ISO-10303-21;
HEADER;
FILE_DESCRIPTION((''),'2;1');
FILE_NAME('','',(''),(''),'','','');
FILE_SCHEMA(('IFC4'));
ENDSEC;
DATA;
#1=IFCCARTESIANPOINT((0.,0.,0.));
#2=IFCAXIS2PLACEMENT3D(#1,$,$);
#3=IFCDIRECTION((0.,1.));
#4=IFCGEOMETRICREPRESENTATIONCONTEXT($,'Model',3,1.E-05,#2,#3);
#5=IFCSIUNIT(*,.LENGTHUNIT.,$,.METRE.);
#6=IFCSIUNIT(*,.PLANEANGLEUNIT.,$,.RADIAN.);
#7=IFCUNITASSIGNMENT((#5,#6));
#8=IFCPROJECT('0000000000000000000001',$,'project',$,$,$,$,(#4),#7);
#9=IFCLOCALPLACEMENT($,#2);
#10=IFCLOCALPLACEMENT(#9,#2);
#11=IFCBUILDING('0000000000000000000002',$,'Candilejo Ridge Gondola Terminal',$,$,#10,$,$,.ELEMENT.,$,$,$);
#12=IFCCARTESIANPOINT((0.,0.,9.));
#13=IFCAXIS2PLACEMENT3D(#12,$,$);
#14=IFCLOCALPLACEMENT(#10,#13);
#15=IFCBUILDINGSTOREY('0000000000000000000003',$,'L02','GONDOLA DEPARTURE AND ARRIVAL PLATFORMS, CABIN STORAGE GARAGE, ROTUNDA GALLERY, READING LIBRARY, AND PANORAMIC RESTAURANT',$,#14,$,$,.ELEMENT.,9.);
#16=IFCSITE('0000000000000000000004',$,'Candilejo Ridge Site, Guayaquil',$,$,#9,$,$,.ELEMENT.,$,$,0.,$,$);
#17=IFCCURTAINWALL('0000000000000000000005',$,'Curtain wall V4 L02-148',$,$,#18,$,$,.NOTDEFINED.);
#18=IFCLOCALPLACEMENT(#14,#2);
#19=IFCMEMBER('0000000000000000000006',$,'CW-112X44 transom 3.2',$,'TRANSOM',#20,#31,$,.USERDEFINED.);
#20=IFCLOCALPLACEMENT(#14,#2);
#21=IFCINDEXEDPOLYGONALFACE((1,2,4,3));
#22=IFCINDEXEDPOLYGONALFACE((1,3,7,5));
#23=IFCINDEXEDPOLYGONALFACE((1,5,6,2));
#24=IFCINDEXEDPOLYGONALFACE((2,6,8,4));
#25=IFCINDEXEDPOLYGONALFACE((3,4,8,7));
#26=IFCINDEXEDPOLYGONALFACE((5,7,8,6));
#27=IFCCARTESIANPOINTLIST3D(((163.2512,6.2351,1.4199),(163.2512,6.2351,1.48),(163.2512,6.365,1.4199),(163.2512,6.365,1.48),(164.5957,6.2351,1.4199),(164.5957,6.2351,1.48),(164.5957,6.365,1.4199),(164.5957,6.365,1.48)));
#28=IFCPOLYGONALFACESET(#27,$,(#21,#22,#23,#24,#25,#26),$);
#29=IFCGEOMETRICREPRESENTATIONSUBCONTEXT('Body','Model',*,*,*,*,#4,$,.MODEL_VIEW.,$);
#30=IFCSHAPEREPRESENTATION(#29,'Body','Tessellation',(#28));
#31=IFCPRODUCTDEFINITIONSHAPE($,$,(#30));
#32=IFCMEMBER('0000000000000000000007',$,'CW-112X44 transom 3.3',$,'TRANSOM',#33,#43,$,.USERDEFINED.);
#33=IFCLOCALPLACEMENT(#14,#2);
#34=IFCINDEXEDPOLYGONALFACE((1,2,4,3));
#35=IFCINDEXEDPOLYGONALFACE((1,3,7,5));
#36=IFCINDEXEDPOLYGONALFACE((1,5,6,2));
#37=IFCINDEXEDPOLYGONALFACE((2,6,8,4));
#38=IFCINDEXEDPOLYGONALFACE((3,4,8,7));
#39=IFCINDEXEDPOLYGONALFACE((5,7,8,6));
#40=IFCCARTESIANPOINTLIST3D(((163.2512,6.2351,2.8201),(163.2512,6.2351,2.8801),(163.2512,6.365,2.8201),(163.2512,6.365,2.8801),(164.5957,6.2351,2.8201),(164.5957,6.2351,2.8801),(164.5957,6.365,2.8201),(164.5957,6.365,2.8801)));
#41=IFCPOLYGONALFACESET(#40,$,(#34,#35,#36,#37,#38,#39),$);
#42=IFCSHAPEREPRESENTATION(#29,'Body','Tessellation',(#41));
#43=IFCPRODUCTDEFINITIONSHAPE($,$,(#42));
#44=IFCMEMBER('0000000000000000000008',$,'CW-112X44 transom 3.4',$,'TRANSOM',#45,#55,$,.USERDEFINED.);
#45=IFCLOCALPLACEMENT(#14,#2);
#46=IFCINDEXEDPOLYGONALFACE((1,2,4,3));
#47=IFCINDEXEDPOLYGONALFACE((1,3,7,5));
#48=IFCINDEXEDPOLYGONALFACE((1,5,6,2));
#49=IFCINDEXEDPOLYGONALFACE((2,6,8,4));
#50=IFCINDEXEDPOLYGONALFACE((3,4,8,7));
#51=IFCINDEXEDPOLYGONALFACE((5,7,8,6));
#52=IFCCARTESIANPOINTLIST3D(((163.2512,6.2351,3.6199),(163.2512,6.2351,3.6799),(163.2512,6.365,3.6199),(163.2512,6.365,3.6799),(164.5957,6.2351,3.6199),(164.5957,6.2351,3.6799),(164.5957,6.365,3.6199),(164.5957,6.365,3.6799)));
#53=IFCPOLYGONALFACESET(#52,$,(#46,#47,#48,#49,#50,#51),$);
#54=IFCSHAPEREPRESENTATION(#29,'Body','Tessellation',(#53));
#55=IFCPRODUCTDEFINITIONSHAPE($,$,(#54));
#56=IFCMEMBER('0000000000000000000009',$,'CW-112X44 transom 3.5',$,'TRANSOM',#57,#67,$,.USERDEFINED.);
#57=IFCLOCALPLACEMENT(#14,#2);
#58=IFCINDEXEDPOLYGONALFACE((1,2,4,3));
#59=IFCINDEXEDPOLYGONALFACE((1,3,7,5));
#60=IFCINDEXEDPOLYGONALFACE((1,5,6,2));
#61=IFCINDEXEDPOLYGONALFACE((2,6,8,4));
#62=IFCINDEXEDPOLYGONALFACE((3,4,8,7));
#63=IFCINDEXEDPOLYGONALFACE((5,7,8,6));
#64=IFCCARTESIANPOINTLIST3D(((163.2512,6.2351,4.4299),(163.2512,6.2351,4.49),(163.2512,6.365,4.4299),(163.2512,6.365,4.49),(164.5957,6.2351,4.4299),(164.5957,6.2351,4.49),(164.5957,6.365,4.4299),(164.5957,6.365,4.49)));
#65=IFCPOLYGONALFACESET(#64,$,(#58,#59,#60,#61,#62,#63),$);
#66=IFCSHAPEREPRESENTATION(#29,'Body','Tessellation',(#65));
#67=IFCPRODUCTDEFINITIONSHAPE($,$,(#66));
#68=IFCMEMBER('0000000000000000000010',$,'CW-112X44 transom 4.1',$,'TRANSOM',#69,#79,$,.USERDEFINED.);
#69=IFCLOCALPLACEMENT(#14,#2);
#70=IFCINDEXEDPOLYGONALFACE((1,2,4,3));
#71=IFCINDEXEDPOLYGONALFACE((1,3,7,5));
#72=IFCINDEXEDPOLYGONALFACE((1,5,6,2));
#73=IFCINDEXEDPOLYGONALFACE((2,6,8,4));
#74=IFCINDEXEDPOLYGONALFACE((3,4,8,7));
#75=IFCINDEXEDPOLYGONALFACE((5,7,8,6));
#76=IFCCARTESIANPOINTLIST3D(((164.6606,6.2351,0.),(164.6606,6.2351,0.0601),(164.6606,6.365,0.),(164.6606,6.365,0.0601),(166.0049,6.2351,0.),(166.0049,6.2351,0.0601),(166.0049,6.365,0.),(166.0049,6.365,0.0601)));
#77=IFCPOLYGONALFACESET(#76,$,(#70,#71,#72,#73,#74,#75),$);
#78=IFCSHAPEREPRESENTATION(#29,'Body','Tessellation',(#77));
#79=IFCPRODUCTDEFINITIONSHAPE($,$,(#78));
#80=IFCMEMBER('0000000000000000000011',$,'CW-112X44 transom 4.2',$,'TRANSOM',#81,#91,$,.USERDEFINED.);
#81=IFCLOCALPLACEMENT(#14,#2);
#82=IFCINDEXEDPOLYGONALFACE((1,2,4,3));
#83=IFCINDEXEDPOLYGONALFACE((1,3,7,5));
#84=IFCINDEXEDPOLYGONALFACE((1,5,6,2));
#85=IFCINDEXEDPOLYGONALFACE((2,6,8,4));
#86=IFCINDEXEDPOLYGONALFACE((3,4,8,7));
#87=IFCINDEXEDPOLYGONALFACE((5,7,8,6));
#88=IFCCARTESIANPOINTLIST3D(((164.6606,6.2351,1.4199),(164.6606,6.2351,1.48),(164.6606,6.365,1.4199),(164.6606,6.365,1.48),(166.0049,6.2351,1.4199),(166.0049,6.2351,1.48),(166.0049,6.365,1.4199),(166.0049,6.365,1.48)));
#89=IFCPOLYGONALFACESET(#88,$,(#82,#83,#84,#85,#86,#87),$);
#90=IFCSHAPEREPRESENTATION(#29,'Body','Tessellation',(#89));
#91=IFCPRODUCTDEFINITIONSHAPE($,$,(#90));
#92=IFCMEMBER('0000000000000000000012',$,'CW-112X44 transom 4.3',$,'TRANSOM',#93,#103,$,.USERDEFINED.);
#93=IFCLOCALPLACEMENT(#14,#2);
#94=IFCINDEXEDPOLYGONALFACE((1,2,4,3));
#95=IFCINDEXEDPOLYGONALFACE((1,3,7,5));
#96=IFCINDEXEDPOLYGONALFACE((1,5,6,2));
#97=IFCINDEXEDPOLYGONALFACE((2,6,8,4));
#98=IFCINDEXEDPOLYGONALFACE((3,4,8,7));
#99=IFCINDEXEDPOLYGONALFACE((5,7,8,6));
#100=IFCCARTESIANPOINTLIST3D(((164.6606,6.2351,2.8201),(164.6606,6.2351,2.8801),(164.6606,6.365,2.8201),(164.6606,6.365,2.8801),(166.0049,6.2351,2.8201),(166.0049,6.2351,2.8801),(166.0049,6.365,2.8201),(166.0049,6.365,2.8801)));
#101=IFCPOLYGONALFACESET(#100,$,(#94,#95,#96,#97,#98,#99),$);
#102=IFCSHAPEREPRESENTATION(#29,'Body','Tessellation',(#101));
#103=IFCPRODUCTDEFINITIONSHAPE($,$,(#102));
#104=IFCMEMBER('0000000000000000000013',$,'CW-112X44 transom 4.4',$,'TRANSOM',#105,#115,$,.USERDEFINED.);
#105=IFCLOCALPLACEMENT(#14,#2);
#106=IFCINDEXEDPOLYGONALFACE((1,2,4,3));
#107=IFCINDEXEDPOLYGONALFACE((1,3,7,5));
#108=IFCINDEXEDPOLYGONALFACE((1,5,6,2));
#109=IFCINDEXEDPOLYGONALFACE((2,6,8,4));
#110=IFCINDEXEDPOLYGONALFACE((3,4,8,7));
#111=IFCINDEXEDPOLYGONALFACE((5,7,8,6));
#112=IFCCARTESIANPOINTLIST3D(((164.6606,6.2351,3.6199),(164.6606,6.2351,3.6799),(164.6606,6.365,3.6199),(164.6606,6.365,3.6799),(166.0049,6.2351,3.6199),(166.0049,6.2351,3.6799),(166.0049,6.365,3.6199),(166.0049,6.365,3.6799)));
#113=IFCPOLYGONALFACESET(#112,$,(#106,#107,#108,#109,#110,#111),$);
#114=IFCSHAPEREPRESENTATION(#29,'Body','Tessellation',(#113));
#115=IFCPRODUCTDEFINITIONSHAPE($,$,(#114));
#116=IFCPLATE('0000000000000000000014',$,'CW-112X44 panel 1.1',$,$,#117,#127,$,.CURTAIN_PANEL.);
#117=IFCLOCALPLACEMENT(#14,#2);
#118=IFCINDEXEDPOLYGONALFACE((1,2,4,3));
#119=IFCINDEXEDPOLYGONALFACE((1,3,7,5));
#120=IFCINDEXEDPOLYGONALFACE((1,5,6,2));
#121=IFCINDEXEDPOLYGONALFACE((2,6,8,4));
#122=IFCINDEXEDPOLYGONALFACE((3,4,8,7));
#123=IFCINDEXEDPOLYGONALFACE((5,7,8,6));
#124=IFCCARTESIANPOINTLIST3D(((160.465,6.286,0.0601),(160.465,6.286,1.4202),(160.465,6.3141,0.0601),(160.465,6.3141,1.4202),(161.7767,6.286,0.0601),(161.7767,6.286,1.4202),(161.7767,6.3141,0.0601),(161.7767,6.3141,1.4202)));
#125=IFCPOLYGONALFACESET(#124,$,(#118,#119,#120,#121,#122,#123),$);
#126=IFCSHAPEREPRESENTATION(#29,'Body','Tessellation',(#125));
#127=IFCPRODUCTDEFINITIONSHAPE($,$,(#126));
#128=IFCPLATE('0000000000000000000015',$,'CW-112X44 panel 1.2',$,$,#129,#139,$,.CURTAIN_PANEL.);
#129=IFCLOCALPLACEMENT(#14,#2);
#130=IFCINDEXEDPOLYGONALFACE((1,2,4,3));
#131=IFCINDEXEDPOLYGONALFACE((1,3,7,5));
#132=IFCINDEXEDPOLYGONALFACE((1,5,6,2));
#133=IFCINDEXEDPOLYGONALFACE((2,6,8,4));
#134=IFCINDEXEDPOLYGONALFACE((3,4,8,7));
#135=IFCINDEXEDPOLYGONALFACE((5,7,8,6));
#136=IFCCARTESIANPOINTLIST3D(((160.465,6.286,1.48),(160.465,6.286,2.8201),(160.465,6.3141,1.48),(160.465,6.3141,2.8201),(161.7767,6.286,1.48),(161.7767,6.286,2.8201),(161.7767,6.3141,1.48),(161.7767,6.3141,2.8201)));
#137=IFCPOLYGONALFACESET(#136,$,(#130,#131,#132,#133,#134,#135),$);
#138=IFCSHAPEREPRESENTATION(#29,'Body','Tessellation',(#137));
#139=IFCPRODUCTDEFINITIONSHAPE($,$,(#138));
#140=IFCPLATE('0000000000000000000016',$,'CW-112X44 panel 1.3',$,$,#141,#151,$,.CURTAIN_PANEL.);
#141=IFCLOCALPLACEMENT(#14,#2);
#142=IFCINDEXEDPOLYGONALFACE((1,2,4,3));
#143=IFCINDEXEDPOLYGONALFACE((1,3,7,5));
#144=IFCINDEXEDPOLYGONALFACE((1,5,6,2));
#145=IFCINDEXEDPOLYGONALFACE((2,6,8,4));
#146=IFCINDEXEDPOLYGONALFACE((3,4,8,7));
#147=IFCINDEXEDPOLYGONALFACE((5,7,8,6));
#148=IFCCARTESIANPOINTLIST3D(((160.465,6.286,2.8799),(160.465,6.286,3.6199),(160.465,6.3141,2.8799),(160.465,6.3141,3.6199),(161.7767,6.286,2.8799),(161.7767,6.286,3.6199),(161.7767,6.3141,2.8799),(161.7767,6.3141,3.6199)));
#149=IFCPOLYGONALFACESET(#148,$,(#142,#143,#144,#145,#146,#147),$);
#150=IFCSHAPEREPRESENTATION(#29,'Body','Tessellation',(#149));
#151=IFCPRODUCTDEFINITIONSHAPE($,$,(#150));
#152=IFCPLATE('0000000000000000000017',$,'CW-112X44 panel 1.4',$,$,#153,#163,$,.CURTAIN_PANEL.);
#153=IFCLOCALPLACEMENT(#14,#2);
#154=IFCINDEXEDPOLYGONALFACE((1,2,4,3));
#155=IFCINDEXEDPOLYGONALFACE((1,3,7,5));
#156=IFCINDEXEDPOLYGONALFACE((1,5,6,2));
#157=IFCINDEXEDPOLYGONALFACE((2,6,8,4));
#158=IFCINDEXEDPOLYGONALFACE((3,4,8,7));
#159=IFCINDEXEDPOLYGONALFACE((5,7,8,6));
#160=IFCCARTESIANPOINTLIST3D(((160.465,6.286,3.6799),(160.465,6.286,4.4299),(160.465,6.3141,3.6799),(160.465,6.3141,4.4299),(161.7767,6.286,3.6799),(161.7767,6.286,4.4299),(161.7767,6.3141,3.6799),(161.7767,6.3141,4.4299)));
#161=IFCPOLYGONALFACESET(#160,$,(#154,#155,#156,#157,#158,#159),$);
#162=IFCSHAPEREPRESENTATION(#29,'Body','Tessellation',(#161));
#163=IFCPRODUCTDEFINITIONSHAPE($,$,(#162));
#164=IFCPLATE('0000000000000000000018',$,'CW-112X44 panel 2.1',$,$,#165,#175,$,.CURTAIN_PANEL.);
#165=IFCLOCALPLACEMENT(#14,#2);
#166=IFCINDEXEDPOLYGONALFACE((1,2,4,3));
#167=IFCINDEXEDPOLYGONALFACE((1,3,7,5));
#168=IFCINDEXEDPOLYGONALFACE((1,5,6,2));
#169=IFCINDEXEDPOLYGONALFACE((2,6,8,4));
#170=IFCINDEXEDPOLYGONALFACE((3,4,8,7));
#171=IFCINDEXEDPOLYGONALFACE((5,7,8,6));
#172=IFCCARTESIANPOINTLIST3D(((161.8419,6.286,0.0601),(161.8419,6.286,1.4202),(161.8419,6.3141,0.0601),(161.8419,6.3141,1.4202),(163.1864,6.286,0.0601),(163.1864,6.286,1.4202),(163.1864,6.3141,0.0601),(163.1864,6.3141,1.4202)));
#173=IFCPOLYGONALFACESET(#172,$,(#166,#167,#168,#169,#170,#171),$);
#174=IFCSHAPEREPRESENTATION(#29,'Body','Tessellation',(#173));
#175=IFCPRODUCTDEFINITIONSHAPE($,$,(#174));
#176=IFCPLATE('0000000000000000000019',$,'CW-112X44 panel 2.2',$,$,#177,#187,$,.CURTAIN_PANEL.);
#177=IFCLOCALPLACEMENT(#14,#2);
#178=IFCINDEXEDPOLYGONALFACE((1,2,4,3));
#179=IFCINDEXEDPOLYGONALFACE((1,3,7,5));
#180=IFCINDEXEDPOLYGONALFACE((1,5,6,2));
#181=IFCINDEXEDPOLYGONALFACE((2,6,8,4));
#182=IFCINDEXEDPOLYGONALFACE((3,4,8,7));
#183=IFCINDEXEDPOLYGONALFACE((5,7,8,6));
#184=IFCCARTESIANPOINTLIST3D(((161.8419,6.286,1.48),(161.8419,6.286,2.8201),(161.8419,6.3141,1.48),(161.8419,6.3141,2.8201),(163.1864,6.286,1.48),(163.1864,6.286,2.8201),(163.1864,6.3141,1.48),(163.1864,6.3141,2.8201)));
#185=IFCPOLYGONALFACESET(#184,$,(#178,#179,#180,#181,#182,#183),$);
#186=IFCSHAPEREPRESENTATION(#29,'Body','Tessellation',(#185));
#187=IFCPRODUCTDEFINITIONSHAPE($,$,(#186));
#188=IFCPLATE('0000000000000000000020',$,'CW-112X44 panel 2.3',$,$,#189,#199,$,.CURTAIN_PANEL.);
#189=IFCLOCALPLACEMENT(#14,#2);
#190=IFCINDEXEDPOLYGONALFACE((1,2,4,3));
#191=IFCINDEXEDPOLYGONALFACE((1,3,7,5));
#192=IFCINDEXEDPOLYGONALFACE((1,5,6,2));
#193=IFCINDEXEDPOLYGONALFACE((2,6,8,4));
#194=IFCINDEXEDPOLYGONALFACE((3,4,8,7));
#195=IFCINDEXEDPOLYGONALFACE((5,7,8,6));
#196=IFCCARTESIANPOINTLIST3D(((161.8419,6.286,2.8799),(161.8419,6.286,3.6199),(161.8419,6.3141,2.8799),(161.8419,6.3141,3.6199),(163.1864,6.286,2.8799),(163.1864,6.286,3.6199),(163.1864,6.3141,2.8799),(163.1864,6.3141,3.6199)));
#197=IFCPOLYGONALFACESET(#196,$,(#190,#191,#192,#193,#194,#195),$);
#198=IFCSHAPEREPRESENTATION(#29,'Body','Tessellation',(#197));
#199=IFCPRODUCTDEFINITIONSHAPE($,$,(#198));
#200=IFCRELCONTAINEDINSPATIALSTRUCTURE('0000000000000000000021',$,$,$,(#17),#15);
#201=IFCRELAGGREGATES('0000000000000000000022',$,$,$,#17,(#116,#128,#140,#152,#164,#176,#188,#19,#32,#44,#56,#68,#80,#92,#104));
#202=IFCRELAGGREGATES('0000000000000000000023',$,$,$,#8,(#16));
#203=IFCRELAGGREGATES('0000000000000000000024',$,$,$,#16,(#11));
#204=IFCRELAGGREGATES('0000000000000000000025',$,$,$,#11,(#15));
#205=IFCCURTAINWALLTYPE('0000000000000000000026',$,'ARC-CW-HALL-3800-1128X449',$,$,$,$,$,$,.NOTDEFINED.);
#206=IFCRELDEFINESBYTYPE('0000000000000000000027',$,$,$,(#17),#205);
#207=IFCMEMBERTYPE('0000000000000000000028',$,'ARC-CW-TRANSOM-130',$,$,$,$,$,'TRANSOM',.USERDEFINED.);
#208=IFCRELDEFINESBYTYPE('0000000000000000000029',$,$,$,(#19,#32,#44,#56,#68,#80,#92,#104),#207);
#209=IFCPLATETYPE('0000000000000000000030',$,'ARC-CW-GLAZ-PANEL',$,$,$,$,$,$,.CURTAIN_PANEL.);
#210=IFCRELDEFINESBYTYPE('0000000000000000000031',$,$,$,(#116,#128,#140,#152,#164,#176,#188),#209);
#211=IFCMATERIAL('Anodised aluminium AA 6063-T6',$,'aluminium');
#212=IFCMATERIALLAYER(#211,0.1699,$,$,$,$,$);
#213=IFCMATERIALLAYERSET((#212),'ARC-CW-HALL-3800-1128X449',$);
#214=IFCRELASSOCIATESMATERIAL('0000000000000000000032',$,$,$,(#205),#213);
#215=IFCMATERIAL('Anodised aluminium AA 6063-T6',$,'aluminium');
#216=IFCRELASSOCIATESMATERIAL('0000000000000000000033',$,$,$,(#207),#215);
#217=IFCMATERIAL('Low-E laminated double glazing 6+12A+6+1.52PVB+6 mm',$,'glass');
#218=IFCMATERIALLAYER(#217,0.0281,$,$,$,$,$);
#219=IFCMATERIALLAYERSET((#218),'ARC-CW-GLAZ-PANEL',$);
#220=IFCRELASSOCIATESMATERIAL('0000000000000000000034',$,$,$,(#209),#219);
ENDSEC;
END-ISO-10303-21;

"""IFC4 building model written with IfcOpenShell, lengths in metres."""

from ifc_helpers import new_model, si_unit, direction, frame, origin, origin_2d, place, context, subcontext, project, spatial, rectangle, extrude, material, layer, layer_set, material_profile, profile_set, type_object, element, aggregate, save


model = new_model("IFC4")

# Units and contexts
model_context = context("Model", 3, precision=1e-05, world=origin(), true_north=direction((0.0, 1.0)))
body_context = subcontext(model_context, "Body", "Model", "MODEL_VIEW")
ifc_project = project(units=[si_unit("LENGTHUNIT", "METRE"), si_unit("PLANEANGLEUNIT", "RADIAN")], contexts=[model_context])

# Site, building, storey
site_placement = place(None, origin())
site = spatial("IfcSite", under=ifc_project, at=site_placement, Name="Candilejo Ridge Site, Guayaquil", CompositionType="ELEMENT", RefElevation=0.0)
building_placement = place(site_placement, origin())
building = spatial("IfcBuilding", under=site, at=building_placement, Name="Candilejo Ridge Gondola Terminal", CompositionType="ELEMENT")
storey_placement = place(building_placement, frame((0.0, 0.0, 9.0)))
storey = spatial("IfcBuildingStorey", under=building, at=storey_placement, Name="L02", Description="GONDOLA DEPARTURE AND ARRIVAL PLATFORMS, CABIN STORAGE GARAGE, ROTUNDA GALLERY, READING LIBRARY, AND PANORAMIC RESTAURANT", CompositionType="ELEMENT", Elevation=9.0)

# Curtain wall, members, plates
ifc_material_1 = material(Name="Anodised aluminium AA 6063-T6", Category="aluminium")
ifc_layer_1 = layer(ifc_material_1, 0.1699)
ifc_layer_set_1 = layer_set([ifc_layer_1], Name="ARC-CW-HALL-3800-1128X449")
curtain_wall_type = type_object("IfcCurtainWallType", Name="ARC-CW-HALL-3800-1128X449", PredefinedType="NOTDEFINED", material=ifc_layer_set_1)
curtain_wall_placement = place(storey_placement, origin())
curtain_wall = element("IfcCurtainWall", 1, at=curtain_wall_placement, inside=storey, type_object=curtain_wall_type, Name="Curtain wall V4 L02-148", PredefinedType="NOTDEFINED")
ifc_material_2 = material(Name="Anodised aluminium AA 6063-T6", Category="aluminium")
ifc_material_profile_1 = material_profile(ifc_material_2, rectangle(XDim=0.1299, YDim=0.0601, at=origin_2d()))
ifc_profile_set_1 = profile_set([ifc_material_profile_1], Name="Anodised aluminium AA 6063-T6")
member_type_1 = type_object("IfcMemberType", Name="ARC-CW-TRANSOM-130", ElementType="TRANSOM", PredefinedType="USERDEFINED", material=ifc_profile_set_1)
member_1_placement = place(storey_placement, frame((163.2512, 6.3, 1.45), z_axis=(1.0, 0.0, 0.0), x_axis=(0.0, 1.0, 0.0)))
member_1 = element("IfcMember", 2, at=member_1_placement, type_object=member_type_1, Name="CW-112X44 transom 3.2", ObjectType="TRANSOM", PredefinedType="USERDEFINED", context=body_context, shape_type="SweptSolid", body=[
    extrude(rectangle(XDim=0.1299, YDim=0.0601, at=origin_2d()), origin(), (0.0, 0.0, 1.0), 1.3445),
])
member_2_placement = place(storey_placement, frame((163.2512, 6.3, 2.8501), z_axis=(1.0, 0.0, 0.0), x_axis=(0.0, 1.0, 0.0)))
member_2 = element("IfcMember", 3, at=member_2_placement, type_object=member_type_1, Name="CW-112X44 transom 3.3", ObjectType="TRANSOM", PredefinedType="USERDEFINED", context=body_context, shape_type="SweptSolid", body=[
    extrude(rectangle(XDim=0.1299, YDim=0.0601, at=origin_2d()), origin(), (0.0, 0.0, 1.0), 1.3445),
])
member_3_placement = place(storey_placement, frame((163.2512, 6.3, 3.6499), z_axis=(1.0, 0.0, 0.0), x_axis=(0.0, 1.0, 0.0)))
member_3 = element("IfcMember", 4, at=member_3_placement, type_object=member_type_1, Name="CW-112X44 transom 3.4", ObjectType="TRANSOM", PredefinedType="USERDEFINED", context=body_context, shape_type="SweptSolid", body=[
    extrude(rectangle(XDim=0.1299, YDim=0.0601, at=origin_2d()), origin(), (0.0, 0.0, 1.0), 1.3445),
])
member_4_placement = place(storey_placement, frame((163.2512, 6.3, 4.46), z_axis=(1.0, 0.0, 0.0), x_axis=(0.0, 1.0, 0.0)))
member_4 = element("IfcMember", 5, at=member_4_placement, type_object=member_type_1, Name="CW-112X44 transom 3.5", ObjectType="TRANSOM", PredefinedType="USERDEFINED", context=body_context, shape_type="SweptSolid", body=[
    extrude(rectangle(XDim=0.1299, YDim=0.0601, at=origin_2d()), origin(), (0.0, 0.0, 1.0), 1.3445),
])
member_5_placement = place(storey_placement, frame((164.6606, 6.3, 0.03), z_axis=(1.0, 0.0, 0.0), x_axis=(0.0, 1.0, 0.0)))
member_5 = element("IfcMember", 6, at=member_5_placement, type_object=member_type_1, Name="CW-112X44 transom 4.1", ObjectType="TRANSOM", PredefinedType="USERDEFINED", context=body_context, shape_type="SweptSolid", body=[
    extrude(rectangle(XDim=0.1299, YDim=0.0601, at=origin_2d()), origin(), (0.0, 0.0, 1.0), 1.3442),
])
member_6_placement = place(storey_placement, frame((164.6606, 6.3, 1.45), z_axis=(1.0, 0.0, 0.0), x_axis=(0.0, 1.0, 0.0)))
member_6 = element("IfcMember", 7, at=member_6_placement, type_object=member_type_1, Name="CW-112X44 transom 4.2", ObjectType="TRANSOM", PredefinedType="USERDEFINED", context=body_context, shape_type="SweptSolid", body=[
    extrude(rectangle(XDim=0.1299, YDim=0.0601, at=origin_2d()), origin(), (0.0, 0.0, 1.0), 1.3442),
])
member_7_placement = place(storey_placement, frame((164.6606, 6.3, 2.8501), z_axis=(1.0, 0.0, 0.0), x_axis=(0.0, 1.0, 0.0)))
member_7 = element("IfcMember", 8, at=member_7_placement, type_object=member_type_1, Name="CW-112X44 transom 4.3", ObjectType="TRANSOM", PredefinedType="USERDEFINED", context=body_context, shape_type="SweptSolid", body=[
    extrude(rectangle(XDim=0.1299, YDim=0.0601, at=origin_2d()), origin(), (0.0, 0.0, 1.0), 1.3442),
])
member_8_placement = place(storey_placement, frame((164.6606, 6.3, 3.6499), z_axis=(1.0, 0.0, 0.0), x_axis=(0.0, 1.0, 0.0)))
member_8 = element("IfcMember", 9, at=member_8_placement, type_object=member_type_1, Name="CW-112X44 transom 4.4", ObjectType="TRANSOM", PredefinedType="USERDEFINED", context=body_context, shape_type="SweptSolid", body=[
    extrude(rectangle(XDim=0.1299, YDim=0.0601, at=origin_2d()), origin(), (0.0, 0.0, 1.0), 1.3442),
])
ifc_material_3 = material(Name="Low-E laminated double glazing 6+12A+6+1.52PVB+6 mm", Category="glass")
ifc_layer_2 = layer(ifc_material_3, 0.0281)
ifc_layer_set_2 = layer_set([ifc_layer_2], Name="ARC-CW-GLAZ-PANEL")
plate_type = type_object("IfcPlateType", Name="ARC-CW-GLAZ-PANEL", PredefinedType="CURTAIN_PANEL", material=ifc_layer_set_2)
plate_1_placement = place(storey_placement, frame((161.1208, 6.3, 0.0601), z_axis=(0.0, 0.0, 1.0), x_axis=(1.0, 0.0, 0.0)))
plate_1 = element("IfcPlate", 10, at=plate_1_placement, type_object=plate_type, Name="CW-112X44 panel 1.1", PredefinedType="CURTAIN_PANEL", context=body_context, shape_type="SweptSolid", body=[
    extrude(rectangle(XDim=1.3118, YDim=0.0281, at=origin_2d()), origin(), (0.0, 0.0, 1.0), 1.3601),
])
plate_2_placement = place(storey_placement, frame((161.1208, 6.3, 1.48), z_axis=(0.0, 0.0, 1.0), x_axis=(1.0, 0.0, 0.0)))
plate_2 = element("IfcPlate", 11, at=plate_2_placement, type_object=plate_type, Name="CW-112X44 panel 1.2", PredefinedType="CURTAIN_PANEL", context=body_context, shape_type="SweptSolid", body=[
    extrude(rectangle(XDim=1.3118, YDim=0.0281, at=origin_2d()), origin(), (0.0, 0.0, 1.0), 1.3401),
])
plate_3_placement = place(storey_placement, frame((161.1208, 6.3, 2.8799), z_axis=(0.0, 0.0, 1.0), x_axis=(1.0, 0.0, 0.0)))
plate_3 = element("IfcPlate", 12, at=plate_3_placement, type_object=plate_type, Name="CW-112X44 panel 1.3", PredefinedType="CURTAIN_PANEL", context=body_context, shape_type="SweptSolid", body=[
    extrude(rectangle(XDim=1.3118, YDim=0.0281, at=origin_2d()), origin(), (0.0, 0.0, 1.0), 0.74),
])
plate_4_placement = place(storey_placement, frame((161.1208, 6.3, 3.6799), z_axis=(0.0, 0.0, 1.0), x_axis=(1.0, 0.0, 0.0)))
plate_4 = element("IfcPlate", 13, at=plate_4_placement, type_object=plate_type, Name="CW-112X44 panel 1.4", PredefinedType="CURTAIN_PANEL", context=body_context, shape_type="SweptSolid", body=[
    extrude(rectangle(XDim=1.3118, YDim=0.0281, at=origin_2d()), origin(), (0.0, 0.0, 1.0), 0.75),
])
plate_5_placement = place(storey_placement, frame((162.5142, 6.3, 0.0601), z_axis=(0.0, 0.0, 1.0), x_axis=(1.0, 0.0, 0.0)))
plate_5 = element("IfcPlate", 14, at=plate_5_placement, type_object=plate_type, Name="CW-112X44 panel 2.1", PredefinedType="CURTAIN_PANEL", context=body_context, shape_type="SweptSolid", body=[
    extrude(rectangle(XDim=1.3445, YDim=0.0281, at=origin_2d()), origin(), (0.0, 0.0, 1.0), 1.3601),
])
plate_6_placement = place(storey_placement, frame((162.5142, 6.3, 1.48), z_axis=(0.0, 0.0, 1.0), x_axis=(1.0, 0.0, 0.0)))
plate_6 = element("IfcPlate", 15, at=plate_6_placement, type_object=plate_type, Name="CW-112X44 panel 2.2", PredefinedType="CURTAIN_PANEL", context=body_context, shape_type="SweptSolid", body=[
    extrude(rectangle(XDim=1.3445, YDim=0.0281, at=origin_2d()), origin(), (0.0, 0.0, 1.0), 1.3401),
])
plate_7_placement = place(storey_placement, frame((162.5142, 6.3, 2.8799), z_axis=(0.0, 0.0, 1.0), x_axis=(1.0, 0.0, 0.0)))
plate_7 = element("IfcPlate", 16, at=plate_7_placement, type_object=plate_type, Name="CW-112X44 panel 2.3", PredefinedType="CURTAIN_PANEL", context=body_context, shape_type="SweptSolid", body=[
    extrude(rectangle(XDim=1.3445, YDim=0.0281, at=origin_2d()), origin(), (0.0, 0.0, 1.0), 0.74),
])
aggregate(curtain_wall, [plate_1, plate_2, plate_3, plate_4, plate_5, plate_6, plate_7, member_1, member_2, member_3, member_4, member_5, member_6, member_7, member_8])

save(model, "model.ifc")
